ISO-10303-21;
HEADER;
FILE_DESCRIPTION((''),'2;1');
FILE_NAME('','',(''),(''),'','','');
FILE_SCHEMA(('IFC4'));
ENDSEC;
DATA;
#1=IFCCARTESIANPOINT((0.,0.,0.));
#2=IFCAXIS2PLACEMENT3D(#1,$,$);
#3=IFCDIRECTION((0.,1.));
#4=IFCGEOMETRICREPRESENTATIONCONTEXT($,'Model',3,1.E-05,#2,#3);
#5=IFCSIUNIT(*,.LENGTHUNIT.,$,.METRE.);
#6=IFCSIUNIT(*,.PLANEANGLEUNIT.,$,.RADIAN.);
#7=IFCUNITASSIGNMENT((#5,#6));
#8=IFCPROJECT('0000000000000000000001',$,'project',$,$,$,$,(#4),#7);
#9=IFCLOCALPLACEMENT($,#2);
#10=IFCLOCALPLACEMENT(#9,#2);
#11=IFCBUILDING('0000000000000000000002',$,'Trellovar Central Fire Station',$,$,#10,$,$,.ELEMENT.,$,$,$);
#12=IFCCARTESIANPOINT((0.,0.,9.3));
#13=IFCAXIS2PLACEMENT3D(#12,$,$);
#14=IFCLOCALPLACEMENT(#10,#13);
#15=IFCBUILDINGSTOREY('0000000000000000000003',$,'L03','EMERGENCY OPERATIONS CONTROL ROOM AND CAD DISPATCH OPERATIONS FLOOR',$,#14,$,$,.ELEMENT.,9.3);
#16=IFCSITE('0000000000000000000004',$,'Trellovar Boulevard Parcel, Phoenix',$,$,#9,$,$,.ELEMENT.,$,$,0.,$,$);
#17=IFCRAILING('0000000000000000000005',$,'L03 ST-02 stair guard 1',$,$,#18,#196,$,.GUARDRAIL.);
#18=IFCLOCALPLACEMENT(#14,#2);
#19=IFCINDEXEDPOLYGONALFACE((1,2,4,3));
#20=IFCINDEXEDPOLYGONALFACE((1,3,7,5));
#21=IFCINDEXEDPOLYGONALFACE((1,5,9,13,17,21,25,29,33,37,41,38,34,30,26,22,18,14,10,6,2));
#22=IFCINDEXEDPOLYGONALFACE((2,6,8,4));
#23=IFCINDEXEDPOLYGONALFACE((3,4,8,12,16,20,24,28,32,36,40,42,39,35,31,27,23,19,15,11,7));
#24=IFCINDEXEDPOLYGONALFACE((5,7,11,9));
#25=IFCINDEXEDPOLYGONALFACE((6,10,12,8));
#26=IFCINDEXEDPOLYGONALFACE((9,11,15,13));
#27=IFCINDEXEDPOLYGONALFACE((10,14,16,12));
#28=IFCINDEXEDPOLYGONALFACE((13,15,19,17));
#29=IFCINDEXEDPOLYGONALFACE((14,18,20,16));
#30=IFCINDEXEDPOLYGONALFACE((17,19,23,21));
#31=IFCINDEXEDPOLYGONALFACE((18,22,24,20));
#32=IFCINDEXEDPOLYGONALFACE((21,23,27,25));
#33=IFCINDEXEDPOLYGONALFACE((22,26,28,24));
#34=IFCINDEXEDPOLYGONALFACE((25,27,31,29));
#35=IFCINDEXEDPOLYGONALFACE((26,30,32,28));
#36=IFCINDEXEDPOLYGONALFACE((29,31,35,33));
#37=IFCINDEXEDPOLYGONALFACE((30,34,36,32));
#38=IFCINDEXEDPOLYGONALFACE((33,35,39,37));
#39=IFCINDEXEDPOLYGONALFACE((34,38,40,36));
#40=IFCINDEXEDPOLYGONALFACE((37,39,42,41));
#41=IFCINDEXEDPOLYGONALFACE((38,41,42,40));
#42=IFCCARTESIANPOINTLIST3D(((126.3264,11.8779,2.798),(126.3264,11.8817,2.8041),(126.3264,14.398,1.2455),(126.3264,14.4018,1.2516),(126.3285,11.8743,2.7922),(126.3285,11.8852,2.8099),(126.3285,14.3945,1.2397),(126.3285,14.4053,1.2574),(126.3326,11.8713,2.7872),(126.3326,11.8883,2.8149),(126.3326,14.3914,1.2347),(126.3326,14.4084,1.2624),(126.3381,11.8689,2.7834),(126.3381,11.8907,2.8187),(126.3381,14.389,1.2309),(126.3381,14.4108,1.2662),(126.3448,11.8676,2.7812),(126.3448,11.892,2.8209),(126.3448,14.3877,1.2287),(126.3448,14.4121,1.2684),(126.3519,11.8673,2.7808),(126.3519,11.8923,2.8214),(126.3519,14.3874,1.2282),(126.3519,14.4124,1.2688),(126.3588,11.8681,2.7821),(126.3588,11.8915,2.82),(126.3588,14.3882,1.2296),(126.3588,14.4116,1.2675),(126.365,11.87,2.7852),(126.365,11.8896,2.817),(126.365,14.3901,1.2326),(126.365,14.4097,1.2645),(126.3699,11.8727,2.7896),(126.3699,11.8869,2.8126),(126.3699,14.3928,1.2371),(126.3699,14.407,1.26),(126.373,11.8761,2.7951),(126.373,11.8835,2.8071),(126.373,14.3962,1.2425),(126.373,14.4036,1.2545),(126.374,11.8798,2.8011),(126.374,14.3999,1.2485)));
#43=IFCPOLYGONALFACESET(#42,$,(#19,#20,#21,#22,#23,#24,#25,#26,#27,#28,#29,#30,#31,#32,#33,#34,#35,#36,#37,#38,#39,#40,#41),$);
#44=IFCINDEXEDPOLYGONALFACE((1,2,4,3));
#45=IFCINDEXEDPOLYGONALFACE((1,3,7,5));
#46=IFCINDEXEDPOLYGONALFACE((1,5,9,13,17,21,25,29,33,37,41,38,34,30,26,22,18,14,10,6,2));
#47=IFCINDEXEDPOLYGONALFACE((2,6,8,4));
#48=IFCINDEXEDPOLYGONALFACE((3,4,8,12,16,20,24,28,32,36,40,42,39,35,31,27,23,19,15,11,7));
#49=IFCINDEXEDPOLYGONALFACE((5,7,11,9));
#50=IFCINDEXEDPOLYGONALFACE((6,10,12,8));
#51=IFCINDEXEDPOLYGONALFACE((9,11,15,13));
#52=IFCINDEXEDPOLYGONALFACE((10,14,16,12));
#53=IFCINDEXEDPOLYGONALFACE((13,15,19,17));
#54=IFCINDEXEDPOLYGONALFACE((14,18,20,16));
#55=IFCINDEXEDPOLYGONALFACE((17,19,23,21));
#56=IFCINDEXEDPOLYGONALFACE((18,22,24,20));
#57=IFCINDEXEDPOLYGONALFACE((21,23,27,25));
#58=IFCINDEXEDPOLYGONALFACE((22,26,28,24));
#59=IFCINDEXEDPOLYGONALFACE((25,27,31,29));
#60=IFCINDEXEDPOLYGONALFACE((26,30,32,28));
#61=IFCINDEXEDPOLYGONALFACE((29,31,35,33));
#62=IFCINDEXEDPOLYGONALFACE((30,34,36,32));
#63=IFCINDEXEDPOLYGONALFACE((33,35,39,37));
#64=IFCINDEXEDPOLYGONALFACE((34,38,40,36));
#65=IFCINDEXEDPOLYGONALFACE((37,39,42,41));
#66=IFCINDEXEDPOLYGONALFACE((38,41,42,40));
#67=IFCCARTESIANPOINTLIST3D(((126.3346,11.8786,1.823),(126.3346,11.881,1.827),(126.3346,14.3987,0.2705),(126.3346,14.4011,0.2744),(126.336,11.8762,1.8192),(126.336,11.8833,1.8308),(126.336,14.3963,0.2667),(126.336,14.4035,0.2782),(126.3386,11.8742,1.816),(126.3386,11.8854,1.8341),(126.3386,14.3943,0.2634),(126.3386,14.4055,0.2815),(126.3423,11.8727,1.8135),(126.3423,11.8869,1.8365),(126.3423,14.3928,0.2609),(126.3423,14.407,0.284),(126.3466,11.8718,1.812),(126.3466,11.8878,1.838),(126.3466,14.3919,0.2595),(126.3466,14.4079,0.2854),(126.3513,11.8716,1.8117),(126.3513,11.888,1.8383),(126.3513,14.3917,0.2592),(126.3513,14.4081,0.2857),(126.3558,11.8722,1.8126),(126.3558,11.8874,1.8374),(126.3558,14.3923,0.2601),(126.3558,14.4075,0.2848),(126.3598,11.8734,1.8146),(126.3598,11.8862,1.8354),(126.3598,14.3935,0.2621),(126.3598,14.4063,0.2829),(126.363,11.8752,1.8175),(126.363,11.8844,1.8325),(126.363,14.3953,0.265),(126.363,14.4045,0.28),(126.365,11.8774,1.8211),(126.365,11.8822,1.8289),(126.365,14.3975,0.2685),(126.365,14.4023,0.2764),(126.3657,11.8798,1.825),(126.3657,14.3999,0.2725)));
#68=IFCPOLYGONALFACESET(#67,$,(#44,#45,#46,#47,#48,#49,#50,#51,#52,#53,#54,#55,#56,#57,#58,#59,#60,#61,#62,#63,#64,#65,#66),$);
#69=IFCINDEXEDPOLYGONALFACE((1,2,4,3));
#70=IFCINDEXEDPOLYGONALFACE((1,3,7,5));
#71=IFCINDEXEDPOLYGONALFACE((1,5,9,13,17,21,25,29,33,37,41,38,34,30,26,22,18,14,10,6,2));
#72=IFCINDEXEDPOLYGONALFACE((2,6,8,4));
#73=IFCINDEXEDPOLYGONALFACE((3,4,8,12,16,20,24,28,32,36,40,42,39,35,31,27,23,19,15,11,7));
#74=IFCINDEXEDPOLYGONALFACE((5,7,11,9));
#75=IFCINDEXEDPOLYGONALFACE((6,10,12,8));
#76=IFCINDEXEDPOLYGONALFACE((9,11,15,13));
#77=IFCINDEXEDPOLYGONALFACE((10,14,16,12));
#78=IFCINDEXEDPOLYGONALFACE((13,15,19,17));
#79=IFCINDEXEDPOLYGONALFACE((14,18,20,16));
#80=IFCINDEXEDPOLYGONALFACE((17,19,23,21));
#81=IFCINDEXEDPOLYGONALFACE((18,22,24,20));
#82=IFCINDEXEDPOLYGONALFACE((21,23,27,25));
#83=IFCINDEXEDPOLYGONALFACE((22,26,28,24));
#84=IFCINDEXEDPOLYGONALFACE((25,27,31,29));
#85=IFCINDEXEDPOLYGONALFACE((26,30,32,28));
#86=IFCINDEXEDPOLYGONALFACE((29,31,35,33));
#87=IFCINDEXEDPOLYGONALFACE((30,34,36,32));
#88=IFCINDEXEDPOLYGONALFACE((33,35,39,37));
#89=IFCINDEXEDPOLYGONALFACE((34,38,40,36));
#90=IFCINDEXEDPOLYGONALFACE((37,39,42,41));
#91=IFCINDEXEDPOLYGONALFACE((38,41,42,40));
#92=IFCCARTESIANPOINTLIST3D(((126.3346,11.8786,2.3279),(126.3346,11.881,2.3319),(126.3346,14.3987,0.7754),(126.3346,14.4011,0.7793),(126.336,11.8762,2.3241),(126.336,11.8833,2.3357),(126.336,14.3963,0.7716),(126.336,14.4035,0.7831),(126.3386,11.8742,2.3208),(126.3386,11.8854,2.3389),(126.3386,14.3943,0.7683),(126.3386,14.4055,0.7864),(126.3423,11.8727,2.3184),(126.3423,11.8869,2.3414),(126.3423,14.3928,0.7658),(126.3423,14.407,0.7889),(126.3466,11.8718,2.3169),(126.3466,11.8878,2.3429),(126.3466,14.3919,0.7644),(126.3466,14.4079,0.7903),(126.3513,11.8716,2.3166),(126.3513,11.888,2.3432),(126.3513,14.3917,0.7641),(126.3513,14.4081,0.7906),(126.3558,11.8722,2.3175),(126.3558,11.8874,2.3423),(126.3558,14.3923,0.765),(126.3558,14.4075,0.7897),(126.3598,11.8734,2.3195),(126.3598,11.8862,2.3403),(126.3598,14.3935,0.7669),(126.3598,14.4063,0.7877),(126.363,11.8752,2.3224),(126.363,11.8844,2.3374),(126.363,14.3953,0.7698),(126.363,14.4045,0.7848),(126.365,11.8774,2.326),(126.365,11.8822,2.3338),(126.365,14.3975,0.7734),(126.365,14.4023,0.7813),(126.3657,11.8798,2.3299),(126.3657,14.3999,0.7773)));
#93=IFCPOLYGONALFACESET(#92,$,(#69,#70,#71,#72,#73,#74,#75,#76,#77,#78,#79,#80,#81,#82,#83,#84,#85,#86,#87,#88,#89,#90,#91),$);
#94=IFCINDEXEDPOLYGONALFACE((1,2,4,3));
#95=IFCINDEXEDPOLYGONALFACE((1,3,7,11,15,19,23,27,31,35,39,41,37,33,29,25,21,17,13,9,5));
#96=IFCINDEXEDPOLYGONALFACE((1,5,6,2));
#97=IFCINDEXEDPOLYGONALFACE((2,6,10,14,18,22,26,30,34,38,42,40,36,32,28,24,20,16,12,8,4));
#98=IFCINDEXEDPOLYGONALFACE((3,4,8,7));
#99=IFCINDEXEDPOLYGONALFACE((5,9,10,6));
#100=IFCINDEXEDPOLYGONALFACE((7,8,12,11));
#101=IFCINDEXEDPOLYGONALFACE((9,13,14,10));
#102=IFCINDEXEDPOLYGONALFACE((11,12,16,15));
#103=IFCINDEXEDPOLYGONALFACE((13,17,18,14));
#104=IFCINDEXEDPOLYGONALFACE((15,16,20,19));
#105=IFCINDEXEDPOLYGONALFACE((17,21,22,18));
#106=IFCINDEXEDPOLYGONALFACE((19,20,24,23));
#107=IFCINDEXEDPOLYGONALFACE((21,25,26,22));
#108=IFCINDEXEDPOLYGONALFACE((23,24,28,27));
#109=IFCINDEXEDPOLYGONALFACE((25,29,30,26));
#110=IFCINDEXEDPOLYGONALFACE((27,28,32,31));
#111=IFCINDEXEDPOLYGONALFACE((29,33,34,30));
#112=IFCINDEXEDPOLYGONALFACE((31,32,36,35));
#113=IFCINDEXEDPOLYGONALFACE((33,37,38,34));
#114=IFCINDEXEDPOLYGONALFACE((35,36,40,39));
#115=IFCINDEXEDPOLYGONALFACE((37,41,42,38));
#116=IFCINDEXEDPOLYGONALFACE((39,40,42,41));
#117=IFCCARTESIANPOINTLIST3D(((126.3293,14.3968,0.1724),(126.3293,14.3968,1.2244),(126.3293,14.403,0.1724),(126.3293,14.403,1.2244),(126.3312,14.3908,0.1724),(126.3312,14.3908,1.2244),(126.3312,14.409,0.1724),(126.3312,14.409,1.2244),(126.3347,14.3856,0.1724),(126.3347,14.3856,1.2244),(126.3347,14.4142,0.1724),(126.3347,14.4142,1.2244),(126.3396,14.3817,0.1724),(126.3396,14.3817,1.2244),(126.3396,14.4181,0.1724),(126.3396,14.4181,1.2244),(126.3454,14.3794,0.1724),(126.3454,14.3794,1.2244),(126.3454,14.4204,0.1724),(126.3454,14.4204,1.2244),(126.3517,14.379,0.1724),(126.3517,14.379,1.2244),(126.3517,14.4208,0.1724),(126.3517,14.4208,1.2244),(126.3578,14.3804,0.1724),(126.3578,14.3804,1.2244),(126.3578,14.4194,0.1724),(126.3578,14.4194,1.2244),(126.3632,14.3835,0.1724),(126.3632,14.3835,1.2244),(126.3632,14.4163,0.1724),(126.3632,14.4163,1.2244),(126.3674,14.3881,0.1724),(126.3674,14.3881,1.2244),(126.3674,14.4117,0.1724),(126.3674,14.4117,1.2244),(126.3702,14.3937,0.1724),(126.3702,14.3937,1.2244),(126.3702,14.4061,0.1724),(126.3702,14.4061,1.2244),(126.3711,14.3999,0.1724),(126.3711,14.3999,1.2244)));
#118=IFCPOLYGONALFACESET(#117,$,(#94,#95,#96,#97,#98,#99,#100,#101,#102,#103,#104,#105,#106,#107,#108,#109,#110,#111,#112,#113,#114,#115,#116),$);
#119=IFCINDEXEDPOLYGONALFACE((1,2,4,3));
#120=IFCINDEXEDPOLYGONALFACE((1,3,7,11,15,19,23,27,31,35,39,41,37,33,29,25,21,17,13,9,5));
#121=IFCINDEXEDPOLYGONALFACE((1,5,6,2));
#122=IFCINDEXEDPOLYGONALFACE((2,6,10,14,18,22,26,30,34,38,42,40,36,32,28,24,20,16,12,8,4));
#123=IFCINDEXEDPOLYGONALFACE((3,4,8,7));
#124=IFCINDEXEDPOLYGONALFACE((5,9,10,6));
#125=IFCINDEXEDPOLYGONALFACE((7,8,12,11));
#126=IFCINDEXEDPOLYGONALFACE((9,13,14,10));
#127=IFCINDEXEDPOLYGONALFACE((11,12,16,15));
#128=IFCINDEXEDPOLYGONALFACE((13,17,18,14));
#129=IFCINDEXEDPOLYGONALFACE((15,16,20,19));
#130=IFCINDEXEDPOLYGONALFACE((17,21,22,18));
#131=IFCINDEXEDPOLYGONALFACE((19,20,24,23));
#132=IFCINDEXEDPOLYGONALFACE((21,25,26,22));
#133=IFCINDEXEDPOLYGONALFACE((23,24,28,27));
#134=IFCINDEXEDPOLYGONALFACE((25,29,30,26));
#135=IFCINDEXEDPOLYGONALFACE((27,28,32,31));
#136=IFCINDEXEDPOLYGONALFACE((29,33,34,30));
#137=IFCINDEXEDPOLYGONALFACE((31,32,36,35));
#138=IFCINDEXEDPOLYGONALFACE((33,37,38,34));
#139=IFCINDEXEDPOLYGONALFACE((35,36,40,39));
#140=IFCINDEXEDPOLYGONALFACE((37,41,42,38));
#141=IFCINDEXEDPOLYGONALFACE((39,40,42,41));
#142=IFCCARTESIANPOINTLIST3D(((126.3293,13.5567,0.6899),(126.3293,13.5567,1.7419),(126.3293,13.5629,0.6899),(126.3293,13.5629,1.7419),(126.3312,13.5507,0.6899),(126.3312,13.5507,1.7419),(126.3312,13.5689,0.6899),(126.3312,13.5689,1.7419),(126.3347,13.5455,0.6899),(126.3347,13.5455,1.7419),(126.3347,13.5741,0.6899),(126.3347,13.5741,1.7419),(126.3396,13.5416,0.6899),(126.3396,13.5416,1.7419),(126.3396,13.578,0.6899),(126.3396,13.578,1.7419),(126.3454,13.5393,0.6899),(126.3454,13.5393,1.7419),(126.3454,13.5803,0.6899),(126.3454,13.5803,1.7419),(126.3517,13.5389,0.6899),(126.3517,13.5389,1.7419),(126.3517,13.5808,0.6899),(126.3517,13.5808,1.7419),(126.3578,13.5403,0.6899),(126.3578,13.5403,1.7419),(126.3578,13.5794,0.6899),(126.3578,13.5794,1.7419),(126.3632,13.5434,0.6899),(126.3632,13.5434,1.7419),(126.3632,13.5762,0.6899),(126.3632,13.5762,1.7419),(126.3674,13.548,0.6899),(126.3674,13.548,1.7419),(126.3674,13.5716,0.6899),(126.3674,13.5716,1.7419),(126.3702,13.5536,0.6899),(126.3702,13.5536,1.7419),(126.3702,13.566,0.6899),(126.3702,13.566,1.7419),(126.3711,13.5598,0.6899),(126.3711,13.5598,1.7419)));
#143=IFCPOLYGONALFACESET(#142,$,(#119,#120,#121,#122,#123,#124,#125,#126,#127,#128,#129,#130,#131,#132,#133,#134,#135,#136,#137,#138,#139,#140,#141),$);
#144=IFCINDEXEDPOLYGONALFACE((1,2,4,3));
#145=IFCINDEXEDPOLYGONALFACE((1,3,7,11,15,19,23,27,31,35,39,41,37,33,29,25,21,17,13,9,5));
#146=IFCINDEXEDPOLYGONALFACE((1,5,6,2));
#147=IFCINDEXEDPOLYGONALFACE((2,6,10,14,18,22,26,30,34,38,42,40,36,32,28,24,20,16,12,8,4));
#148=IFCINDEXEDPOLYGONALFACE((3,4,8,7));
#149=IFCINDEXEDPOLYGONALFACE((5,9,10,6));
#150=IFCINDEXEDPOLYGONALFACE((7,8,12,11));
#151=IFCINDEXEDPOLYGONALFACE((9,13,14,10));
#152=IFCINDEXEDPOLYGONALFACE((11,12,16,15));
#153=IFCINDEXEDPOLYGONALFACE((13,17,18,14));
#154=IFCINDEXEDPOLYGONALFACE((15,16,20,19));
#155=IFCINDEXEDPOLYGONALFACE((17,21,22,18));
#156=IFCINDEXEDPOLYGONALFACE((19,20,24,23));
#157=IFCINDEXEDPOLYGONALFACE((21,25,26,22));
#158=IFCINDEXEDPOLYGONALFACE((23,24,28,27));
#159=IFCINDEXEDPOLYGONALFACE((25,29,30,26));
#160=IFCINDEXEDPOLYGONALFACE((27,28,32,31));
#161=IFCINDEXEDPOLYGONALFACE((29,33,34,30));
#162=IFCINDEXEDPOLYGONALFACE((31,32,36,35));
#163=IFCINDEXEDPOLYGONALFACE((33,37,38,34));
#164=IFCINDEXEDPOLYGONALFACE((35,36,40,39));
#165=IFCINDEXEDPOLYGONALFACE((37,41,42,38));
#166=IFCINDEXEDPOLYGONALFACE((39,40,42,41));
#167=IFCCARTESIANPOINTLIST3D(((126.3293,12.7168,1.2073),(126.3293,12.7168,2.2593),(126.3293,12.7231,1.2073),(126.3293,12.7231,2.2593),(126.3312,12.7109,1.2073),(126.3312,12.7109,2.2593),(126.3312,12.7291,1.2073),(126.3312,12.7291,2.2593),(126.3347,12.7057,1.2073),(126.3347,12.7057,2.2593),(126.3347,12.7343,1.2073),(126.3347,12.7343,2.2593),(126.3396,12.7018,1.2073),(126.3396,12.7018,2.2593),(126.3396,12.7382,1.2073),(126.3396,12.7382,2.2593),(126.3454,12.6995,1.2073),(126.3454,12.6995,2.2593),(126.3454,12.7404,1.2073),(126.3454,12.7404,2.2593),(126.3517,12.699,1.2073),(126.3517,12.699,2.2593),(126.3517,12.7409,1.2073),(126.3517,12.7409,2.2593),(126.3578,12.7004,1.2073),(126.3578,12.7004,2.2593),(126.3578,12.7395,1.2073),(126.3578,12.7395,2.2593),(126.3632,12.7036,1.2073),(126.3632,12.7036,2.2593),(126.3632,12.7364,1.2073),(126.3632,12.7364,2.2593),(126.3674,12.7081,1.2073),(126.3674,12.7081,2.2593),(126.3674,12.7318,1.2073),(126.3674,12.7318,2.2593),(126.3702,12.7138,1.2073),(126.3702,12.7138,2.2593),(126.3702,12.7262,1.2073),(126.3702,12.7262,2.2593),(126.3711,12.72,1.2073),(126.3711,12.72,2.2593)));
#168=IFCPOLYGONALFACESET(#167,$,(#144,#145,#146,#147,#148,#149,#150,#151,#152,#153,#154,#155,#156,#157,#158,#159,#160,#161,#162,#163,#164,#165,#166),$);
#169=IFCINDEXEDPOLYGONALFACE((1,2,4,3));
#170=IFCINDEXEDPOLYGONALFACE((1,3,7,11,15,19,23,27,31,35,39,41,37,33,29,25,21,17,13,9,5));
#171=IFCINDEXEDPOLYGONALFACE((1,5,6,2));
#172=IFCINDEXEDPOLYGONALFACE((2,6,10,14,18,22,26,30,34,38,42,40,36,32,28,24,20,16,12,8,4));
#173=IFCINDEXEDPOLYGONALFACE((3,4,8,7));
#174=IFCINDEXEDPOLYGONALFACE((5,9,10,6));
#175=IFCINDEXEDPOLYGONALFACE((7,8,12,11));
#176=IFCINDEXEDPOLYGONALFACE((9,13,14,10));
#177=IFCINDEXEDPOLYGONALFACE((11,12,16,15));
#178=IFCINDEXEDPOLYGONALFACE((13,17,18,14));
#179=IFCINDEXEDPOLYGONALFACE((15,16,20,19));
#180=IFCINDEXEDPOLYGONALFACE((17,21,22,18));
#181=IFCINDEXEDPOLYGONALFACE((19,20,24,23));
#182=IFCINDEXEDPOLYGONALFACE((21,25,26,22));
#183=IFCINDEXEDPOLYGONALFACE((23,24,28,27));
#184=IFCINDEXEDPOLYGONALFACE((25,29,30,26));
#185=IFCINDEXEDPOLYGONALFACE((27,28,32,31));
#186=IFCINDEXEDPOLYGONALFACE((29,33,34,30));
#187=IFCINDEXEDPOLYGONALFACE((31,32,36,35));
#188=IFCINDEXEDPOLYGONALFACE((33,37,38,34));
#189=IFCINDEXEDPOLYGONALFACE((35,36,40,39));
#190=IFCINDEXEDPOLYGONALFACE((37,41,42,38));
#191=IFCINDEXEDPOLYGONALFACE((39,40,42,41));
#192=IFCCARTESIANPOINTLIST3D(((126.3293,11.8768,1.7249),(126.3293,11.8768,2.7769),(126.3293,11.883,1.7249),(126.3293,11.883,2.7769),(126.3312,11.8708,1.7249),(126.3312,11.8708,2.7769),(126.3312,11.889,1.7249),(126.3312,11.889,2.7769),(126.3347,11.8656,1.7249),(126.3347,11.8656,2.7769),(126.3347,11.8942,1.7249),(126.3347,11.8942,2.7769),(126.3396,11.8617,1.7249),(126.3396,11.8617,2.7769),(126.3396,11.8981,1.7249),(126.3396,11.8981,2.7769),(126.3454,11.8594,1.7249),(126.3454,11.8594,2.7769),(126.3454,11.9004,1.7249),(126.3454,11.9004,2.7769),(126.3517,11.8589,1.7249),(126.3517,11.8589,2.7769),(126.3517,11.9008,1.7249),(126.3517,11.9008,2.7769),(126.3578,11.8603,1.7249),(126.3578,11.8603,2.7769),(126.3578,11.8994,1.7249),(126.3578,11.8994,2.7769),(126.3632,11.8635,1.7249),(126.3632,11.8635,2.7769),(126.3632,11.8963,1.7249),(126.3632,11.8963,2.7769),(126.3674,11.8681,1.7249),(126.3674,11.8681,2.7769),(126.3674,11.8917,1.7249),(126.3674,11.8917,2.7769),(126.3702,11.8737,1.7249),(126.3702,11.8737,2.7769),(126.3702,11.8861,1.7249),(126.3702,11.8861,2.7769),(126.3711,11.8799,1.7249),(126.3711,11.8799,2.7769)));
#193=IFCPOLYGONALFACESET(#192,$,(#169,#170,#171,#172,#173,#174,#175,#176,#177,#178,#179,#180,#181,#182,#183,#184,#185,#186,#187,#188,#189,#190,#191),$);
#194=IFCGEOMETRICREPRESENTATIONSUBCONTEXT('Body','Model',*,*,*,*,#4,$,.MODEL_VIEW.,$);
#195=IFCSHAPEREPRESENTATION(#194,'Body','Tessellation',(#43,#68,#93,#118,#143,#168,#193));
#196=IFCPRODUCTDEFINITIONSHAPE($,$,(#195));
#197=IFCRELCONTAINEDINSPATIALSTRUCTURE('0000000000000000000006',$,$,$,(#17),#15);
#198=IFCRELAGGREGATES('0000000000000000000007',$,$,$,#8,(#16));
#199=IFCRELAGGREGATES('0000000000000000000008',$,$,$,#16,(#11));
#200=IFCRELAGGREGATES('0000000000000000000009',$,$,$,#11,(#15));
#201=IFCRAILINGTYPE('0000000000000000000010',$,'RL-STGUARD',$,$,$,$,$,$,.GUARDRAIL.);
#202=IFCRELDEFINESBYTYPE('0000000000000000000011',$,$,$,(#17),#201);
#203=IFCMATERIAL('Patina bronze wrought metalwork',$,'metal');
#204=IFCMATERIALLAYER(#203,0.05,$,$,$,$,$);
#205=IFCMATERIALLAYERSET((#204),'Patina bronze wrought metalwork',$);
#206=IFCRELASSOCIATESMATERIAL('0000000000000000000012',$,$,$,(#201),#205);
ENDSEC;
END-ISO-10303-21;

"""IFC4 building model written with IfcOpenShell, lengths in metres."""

from ifc_helpers import new_model, si_unit, direction, frame, origin, origin_2d, place, context, subcontext, project, spatial, circle, extrude, material, layer, layer_set, type_object, element, save


model = new_model("IFC4")

# Units and contexts
model_context = context("Model", 3, precision=1e-05, world=origin(), true_north=direction((0.0, 1.0)))
body_context = subcontext(model_context, "Body", "Model", "MODEL_VIEW")
ifc_project = project(units=[si_unit("LENGTHUNIT", "METRE"), si_unit("PLANEANGLEUNIT", "RADIAN")], contexts=[model_context])

# Site, building, storey
site_placement = place(None, origin())
site = spatial("IfcSite", under=ifc_project, at=site_placement, Name="Trellovar Boulevard Parcel, Phoenix", CompositionType="ELEMENT", RefElevation=0.0)
building_placement = place(site_placement, origin())
building = spatial("IfcBuilding", under=site, at=building_placement, Name="Trellovar Central Fire Station", CompositionType="ELEMENT")
storey_placement = place(building_placement, frame((0.0, 0.0, 9.3)))
storey = spatial("IfcBuildingStorey", under=building, at=storey_placement, Name="L03", Description="EMERGENCY OPERATIONS CONTROL ROOM AND CAD DISPATCH OPERATIONS FLOOR", CompositionType="ELEMENT", Elevation=9.3)

# Railing
ifc_material_1 = material(Name="Patina bronze wrought metalwork", Category="metal")
ifc_layer_1 = layer(ifc_material_1, 0.05)
ifc_layer_set_1 = layer_set([ifc_layer_1], Name="Patina bronze wrought metalwork")
railing_type_1 = type_object("IfcRailingType", Name="RL-STGUARD", PredefinedType="GUARDRAIL", material=ifc_layer_set_1)
railing_1_placement = place(storey_placement, frame((126.3501, 14.3999, 0.1724)))
element("IfcRailing", 1, at=railing_1_placement, inside=storey, type_object=railing_type_1, Name="L03 ST-02 stair guard 1", PredefinedType="GUARDRAIL", context=body_context, shape_type="SweptSolid", body=[
    extrude(circle(Radius=0.0239, at=origin_2d()), frame((0.0, 0.0, 1.0762), z_axis=(0.0, -0.8514, 0.524516), x_axis=(1.0, 0.0, 0.0)), (0.0, 0.0, 1.0), 2.96),
    extrude(circle(Radius=0.0156, at=origin_2d()), frame((0.0, 0.0, 0.1001), z_axis=(0.0, -0.8514, 0.524516), x_axis=(1.0, 0.0, 0.0)), (0.0, 0.0, 1.0), 2.96),
    extrude(circle(Radius=0.0156, at=origin_2d()), frame((0.0, 0.0, 0.605), z_axis=(0.0, -0.8514, 0.524516), x_axis=(1.0, 0.0, 0.0)), (0.0, 0.0, 1.0), 2.96),
    extrude(circle(Radius=0.021, at=origin_2d()), origin(), (0.0, 0.0, 1.0), 1.052),
    extrude(circle(Radius=0.021, at=origin_2d()), frame((0.0, -0.8401, 0.5176)), (0.0, 0.0, 1.0), 1.052),
    extrude(circle(Radius=0.021, at=origin_2d()), frame((0.0, -1.6799, 1.0349)), (0.0, 0.0, 1.0), 1.052),
    extrude(circle(Radius=0.021, at=origin_2d()), frame((0.0, -2.52, 1.5525)), (0.0, 0.0, 1.0), 1.052),
])

save(model, "model.ifc")
